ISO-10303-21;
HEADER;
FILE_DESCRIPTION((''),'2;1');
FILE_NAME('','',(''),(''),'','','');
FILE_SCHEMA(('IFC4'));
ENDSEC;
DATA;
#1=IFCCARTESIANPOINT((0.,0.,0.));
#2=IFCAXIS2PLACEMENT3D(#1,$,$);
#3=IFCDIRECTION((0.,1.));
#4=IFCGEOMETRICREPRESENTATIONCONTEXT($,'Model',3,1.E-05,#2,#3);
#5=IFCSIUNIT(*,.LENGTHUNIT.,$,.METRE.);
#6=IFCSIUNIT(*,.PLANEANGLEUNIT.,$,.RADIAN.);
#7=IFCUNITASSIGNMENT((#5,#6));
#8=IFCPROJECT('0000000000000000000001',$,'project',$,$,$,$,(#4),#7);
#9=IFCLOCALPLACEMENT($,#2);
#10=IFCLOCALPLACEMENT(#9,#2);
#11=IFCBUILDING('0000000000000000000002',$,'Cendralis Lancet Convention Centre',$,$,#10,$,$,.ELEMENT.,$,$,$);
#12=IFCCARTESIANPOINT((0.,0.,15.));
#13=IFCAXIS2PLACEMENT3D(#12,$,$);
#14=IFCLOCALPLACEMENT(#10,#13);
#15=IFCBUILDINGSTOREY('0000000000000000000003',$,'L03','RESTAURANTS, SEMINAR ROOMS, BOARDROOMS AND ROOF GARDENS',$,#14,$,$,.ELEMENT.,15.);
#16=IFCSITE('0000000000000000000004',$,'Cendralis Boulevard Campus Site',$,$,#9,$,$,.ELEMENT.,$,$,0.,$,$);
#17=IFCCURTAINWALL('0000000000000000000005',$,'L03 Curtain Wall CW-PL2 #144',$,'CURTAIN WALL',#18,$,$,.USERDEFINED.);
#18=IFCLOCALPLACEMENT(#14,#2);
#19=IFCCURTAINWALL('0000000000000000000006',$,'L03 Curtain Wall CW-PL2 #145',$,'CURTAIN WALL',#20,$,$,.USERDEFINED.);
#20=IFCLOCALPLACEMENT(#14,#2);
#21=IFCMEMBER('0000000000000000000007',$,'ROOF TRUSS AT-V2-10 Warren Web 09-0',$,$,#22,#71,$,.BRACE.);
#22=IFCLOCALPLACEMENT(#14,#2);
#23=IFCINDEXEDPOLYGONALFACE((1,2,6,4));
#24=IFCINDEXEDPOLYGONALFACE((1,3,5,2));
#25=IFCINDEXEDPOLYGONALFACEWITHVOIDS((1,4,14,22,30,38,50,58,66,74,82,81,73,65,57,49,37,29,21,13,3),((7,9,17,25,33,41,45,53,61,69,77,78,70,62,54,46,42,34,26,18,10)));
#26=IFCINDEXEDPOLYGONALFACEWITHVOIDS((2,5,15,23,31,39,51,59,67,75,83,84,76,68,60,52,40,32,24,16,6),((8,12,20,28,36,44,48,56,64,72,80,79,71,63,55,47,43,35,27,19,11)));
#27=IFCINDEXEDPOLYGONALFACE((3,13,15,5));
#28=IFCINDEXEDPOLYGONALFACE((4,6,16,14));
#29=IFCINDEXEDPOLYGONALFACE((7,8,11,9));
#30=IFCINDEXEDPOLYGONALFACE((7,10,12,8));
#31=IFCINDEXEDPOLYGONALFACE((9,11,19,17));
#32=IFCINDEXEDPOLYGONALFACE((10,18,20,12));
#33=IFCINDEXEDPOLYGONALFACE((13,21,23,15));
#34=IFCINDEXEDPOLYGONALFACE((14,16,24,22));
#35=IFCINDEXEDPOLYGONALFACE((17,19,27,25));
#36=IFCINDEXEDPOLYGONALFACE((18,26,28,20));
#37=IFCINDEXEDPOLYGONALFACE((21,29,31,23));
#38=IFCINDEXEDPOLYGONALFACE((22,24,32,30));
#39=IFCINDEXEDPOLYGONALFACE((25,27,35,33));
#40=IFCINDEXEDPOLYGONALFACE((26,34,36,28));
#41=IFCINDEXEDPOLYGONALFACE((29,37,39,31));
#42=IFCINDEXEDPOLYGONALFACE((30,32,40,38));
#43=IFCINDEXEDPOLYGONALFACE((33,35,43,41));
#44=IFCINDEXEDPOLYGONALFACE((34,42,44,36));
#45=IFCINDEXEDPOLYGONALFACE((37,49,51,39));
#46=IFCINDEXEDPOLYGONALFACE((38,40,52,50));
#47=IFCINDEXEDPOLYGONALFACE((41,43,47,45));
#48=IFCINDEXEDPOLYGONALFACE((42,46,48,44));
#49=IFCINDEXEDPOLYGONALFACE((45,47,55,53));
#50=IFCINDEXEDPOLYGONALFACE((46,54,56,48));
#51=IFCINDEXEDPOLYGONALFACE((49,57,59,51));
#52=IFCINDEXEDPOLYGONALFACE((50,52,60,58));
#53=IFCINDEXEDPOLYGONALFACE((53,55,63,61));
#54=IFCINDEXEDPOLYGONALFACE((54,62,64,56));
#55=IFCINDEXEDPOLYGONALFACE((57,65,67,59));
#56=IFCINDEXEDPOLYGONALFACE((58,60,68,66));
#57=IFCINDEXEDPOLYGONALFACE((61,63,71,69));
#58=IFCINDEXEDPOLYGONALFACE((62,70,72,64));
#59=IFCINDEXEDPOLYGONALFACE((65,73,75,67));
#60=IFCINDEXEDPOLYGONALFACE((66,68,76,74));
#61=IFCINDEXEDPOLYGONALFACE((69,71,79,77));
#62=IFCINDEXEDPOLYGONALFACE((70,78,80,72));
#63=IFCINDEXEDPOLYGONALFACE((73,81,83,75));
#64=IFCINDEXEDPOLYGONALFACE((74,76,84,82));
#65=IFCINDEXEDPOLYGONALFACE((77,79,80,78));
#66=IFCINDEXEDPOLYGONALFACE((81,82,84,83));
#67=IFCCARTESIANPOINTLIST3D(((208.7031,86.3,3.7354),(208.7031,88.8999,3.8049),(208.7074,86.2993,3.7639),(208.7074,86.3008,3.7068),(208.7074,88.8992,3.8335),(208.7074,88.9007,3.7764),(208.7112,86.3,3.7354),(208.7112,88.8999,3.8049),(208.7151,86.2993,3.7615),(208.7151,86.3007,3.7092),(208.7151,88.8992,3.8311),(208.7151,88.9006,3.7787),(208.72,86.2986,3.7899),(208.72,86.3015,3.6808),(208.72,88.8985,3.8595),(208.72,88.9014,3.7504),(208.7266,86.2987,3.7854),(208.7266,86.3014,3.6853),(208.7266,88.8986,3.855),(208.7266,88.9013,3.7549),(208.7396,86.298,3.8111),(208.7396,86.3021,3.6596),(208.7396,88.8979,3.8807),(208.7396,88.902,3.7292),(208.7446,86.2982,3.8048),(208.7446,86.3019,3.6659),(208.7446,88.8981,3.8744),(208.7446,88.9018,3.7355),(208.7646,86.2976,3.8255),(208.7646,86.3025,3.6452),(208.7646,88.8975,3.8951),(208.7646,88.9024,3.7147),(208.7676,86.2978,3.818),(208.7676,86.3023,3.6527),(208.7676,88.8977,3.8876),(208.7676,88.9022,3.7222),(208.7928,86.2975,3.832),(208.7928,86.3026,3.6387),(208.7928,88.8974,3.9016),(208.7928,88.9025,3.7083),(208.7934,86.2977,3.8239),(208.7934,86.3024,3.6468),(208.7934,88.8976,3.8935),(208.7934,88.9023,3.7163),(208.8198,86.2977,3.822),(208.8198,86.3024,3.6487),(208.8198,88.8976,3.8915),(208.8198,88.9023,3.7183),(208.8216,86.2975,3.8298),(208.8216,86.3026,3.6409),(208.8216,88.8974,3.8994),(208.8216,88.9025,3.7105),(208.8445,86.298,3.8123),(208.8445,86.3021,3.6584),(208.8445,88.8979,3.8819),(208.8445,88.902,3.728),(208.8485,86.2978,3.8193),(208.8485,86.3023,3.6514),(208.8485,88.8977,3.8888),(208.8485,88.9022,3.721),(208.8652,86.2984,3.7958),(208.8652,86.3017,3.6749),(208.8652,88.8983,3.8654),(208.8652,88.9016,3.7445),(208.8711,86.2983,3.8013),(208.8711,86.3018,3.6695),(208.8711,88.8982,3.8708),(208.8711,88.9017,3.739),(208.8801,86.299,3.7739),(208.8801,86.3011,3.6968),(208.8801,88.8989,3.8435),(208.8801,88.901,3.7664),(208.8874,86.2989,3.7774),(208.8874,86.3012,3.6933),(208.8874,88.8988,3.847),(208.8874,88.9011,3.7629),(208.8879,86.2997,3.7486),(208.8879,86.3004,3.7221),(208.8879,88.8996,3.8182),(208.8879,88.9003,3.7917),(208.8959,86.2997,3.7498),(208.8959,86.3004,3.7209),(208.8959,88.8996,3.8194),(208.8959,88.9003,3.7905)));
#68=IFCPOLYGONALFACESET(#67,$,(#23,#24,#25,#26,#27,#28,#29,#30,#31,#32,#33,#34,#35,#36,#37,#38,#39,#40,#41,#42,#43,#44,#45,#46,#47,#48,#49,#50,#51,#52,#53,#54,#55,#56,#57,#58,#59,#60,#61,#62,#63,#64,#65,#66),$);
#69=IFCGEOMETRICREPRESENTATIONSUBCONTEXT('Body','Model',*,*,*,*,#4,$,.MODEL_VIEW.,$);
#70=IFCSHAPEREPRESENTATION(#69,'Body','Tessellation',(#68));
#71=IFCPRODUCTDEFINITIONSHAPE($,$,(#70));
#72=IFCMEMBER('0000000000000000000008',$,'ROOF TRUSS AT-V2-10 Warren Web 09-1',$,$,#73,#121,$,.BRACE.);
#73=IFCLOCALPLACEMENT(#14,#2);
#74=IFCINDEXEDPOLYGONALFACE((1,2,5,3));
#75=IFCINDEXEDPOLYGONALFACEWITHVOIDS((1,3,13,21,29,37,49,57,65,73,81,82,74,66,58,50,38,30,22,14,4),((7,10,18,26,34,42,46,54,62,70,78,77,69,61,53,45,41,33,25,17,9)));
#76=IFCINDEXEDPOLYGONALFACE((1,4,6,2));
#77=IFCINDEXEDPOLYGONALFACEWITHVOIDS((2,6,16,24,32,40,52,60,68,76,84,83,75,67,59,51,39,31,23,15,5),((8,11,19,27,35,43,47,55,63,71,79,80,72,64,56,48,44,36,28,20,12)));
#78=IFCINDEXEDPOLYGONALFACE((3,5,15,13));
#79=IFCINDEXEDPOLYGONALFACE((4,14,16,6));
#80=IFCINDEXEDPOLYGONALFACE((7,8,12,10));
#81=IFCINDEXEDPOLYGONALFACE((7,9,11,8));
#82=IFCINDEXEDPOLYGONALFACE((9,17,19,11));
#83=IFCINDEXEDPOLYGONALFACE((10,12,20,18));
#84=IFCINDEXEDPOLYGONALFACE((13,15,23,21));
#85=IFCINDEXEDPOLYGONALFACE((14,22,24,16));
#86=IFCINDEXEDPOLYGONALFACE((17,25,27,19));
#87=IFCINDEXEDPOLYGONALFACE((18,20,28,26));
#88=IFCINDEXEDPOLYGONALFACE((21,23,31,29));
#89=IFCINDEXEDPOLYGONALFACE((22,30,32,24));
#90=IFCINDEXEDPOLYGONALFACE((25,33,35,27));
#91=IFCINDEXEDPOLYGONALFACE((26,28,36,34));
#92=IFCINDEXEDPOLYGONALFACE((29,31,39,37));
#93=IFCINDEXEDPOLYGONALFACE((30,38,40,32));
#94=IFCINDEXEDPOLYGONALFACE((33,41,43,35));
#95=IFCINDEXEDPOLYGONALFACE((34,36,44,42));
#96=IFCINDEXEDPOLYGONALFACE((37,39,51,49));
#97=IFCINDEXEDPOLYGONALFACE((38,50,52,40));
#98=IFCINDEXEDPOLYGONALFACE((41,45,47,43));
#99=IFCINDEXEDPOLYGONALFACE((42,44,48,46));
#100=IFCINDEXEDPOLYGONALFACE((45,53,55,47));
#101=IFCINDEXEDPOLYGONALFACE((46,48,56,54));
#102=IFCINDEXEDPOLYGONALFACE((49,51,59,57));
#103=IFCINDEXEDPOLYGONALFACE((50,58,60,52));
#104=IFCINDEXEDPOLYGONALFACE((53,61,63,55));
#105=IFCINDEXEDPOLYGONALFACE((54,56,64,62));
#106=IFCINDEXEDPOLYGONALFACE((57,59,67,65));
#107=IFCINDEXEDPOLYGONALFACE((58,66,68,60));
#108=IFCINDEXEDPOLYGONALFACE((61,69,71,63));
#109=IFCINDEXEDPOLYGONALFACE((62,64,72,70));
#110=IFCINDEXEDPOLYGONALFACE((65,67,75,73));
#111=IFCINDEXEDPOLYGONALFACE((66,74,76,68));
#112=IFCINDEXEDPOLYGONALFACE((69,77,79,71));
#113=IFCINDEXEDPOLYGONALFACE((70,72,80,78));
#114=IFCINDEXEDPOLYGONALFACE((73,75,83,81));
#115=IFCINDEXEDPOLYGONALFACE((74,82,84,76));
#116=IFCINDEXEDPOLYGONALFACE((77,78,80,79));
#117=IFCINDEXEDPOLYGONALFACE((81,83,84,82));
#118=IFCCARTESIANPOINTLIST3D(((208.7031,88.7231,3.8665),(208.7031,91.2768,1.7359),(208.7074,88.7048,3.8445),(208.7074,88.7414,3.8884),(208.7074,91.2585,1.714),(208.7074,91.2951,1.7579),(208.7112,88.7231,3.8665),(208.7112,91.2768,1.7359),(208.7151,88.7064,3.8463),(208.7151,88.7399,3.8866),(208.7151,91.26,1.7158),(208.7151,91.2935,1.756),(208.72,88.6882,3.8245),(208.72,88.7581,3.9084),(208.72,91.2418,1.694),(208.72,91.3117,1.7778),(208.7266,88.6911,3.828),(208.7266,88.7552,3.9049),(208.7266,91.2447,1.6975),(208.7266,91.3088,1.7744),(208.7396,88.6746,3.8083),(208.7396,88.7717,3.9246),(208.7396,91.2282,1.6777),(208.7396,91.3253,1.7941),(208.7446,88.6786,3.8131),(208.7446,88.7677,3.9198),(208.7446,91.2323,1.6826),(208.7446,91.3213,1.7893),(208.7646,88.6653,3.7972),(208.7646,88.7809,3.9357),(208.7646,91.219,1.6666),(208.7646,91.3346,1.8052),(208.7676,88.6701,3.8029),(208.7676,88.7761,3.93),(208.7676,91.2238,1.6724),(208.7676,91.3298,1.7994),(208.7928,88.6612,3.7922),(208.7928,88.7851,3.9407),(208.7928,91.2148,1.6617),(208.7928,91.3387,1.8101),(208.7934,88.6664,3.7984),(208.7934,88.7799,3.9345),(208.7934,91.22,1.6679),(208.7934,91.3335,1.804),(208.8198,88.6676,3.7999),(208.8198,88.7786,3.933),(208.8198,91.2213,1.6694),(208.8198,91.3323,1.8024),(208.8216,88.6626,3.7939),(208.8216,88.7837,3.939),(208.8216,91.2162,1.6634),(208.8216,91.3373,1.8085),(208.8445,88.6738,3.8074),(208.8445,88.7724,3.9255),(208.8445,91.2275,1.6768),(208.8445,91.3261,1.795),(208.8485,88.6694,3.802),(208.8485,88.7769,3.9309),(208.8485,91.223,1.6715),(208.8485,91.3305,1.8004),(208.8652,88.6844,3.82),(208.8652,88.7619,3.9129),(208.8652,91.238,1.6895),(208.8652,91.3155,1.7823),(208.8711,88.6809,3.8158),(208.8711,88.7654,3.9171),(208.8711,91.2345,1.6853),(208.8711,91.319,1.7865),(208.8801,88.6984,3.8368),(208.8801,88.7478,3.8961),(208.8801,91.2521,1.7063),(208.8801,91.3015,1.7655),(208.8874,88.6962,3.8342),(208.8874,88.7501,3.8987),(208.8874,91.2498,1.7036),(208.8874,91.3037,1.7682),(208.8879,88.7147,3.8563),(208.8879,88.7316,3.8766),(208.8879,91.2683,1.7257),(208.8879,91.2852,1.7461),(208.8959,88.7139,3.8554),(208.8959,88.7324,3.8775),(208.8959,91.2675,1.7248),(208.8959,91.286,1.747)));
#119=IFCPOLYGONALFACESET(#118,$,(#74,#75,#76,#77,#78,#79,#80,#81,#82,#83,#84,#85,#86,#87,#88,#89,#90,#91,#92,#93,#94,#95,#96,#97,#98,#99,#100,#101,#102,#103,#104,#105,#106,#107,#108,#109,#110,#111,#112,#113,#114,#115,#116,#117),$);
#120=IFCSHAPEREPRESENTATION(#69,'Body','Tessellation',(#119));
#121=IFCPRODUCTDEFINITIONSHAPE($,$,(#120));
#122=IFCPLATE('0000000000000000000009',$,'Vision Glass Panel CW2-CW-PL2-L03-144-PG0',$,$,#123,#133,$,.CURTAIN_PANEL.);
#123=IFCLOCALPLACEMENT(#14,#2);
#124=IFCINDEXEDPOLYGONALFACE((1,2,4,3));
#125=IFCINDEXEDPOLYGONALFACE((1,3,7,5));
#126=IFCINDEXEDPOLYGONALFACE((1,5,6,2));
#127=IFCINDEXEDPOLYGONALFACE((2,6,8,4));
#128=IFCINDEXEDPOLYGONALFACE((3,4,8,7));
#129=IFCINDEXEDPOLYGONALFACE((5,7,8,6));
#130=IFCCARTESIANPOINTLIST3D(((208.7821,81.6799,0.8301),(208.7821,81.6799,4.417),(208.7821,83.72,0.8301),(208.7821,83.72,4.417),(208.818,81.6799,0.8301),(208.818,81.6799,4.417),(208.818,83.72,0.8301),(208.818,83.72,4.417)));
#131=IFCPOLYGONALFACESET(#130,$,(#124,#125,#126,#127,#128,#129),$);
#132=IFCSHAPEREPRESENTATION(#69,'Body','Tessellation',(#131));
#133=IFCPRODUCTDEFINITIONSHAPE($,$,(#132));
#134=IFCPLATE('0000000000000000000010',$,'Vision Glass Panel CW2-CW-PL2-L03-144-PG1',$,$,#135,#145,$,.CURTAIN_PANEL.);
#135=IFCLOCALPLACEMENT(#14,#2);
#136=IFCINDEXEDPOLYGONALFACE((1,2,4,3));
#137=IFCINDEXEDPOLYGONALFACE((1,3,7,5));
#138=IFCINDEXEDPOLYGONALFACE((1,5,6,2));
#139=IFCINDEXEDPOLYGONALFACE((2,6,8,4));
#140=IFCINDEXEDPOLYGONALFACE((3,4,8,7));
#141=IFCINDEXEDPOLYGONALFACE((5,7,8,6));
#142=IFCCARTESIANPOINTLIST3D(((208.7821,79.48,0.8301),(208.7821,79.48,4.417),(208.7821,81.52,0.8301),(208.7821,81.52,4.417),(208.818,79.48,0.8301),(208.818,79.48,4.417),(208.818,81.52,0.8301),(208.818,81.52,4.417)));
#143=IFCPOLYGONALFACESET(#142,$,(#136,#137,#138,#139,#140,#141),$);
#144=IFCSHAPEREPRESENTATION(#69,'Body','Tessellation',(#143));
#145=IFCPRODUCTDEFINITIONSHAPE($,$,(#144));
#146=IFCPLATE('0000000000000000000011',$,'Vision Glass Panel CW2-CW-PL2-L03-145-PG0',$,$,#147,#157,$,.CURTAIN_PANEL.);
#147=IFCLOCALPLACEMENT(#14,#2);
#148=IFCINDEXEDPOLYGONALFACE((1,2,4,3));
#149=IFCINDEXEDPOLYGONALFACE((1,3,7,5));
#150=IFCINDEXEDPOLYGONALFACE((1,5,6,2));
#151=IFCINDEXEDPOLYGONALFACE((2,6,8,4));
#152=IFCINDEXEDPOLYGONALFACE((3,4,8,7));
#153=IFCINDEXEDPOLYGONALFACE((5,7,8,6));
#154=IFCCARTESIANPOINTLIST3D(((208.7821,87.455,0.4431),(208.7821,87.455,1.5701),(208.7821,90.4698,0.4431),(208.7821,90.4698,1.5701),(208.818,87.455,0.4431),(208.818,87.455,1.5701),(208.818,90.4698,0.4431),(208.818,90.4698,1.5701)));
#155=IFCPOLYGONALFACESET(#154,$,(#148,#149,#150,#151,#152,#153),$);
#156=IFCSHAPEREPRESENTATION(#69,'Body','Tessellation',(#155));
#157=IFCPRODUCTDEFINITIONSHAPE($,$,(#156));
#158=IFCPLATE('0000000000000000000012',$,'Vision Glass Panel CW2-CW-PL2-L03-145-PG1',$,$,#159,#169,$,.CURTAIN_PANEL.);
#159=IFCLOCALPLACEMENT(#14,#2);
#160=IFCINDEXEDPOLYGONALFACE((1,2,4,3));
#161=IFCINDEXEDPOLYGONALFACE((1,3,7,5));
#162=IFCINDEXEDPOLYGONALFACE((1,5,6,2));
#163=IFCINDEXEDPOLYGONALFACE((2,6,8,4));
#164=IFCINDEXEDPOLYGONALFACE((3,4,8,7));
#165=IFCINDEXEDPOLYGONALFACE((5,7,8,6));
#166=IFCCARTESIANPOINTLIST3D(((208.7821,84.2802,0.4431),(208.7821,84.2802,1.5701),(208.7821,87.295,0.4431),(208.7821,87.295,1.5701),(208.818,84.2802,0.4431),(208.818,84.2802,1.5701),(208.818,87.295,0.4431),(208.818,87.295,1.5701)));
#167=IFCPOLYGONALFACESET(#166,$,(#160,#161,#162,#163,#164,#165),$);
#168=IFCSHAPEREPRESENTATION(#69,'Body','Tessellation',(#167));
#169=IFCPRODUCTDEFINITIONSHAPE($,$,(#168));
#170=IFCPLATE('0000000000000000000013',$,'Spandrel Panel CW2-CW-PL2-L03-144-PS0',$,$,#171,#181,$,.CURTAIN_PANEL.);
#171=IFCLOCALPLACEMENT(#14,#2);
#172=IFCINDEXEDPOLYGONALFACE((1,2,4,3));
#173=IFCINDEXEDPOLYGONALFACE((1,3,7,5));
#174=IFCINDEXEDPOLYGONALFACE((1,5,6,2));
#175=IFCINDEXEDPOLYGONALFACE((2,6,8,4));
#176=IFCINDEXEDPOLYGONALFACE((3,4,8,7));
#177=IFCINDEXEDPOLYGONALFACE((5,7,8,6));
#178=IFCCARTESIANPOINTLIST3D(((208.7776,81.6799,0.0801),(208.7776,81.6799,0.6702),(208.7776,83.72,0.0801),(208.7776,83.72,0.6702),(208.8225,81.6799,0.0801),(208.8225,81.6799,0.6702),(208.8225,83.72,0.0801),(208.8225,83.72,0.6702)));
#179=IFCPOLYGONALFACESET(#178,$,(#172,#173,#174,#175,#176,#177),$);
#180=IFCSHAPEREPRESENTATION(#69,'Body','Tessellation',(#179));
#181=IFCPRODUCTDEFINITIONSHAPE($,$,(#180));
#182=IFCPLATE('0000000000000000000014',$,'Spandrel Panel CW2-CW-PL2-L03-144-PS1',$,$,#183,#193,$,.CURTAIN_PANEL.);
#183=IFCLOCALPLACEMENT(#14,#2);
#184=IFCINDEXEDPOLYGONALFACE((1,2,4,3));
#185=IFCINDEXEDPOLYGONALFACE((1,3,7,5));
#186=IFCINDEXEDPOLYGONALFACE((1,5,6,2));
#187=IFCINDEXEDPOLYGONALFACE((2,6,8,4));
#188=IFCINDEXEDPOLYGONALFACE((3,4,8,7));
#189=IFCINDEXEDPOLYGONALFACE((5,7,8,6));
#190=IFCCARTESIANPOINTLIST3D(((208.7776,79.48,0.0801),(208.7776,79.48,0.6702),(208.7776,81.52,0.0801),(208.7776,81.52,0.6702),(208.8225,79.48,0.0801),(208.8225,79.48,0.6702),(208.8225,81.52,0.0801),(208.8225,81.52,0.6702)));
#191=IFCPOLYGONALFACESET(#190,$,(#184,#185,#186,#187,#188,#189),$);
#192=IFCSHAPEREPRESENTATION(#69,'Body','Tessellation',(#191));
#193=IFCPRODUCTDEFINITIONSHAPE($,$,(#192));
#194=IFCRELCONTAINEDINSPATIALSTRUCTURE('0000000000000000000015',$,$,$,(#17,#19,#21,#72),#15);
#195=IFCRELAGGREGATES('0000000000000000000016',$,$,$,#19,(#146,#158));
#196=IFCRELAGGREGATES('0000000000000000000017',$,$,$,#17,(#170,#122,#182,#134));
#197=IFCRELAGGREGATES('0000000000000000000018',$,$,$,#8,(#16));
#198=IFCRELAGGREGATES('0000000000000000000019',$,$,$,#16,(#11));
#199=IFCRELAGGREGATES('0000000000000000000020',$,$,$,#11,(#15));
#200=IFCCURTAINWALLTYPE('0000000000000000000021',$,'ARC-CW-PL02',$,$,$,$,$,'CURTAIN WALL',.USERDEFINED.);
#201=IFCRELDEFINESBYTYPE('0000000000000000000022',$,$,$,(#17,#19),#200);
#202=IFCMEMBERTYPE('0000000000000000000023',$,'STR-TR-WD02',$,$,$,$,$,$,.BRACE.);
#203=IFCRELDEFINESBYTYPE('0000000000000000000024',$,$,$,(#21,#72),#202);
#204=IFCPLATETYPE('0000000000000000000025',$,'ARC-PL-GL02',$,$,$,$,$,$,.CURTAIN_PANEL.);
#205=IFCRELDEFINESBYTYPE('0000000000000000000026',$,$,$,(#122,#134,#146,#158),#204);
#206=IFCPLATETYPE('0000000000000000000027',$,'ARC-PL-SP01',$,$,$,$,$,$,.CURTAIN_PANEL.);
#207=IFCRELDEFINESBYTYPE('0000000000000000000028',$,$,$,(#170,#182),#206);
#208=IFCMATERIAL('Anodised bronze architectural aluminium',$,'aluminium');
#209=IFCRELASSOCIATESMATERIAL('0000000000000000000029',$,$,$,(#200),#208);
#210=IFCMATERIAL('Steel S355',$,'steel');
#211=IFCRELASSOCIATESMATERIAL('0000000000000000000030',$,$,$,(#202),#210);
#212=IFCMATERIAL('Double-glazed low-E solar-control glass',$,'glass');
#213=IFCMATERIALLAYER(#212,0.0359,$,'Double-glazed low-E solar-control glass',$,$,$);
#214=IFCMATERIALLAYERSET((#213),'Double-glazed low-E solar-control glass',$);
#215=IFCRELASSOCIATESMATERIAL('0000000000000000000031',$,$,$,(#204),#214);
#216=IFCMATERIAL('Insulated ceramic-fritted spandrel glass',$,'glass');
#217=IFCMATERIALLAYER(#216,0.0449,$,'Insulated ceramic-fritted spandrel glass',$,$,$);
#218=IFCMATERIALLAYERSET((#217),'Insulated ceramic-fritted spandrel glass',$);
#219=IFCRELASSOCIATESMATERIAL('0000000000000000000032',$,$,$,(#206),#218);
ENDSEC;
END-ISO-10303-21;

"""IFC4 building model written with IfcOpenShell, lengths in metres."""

from ifc_helpers import new_model, si_unit, direction, frame, origin, origin_2d, place, context, subcontext, project, spatial, rectangle, hollow_circle, extrude, material, layer, layer_set, material_profile, profile_set, type_object, element, aggregate, save


model = new_model("IFC4")

# Units and contexts
model_context = context("Model", 3, precision=1e-05, world=origin(), true_north=direction((0.0, 1.0)))
body_context = subcontext(model_context, "Body", "Model", "MODEL_VIEW")
ifc_project = project(units=[si_unit("LENGTHUNIT", "METRE"), si_unit("PLANEANGLEUNIT", "RADIAN")], contexts=[model_context])

# Site, building, storey
site_placement = place(None, origin())
site = spatial("IfcSite", under=ifc_project, at=site_placement, Name="Cendralis Boulevard Campus Site", CompositionType="ELEMENT", RefElevation=0.0)
building_placement = place(site_placement, origin())
building = spatial("IfcBuilding", under=site, at=building_placement, Name="Cendralis Lancet Convention Centre", CompositionType="ELEMENT")
storey_placement = place(building_placement, frame((0.0, 0.0, 15.0)))
storey = spatial("IfcBuildingStorey", under=building, at=storey_placement, Name="L03", Description="RESTAURANTS, SEMINAR ROOMS, BOARDROOMS AND ROOF GARDENS", CompositionType="ELEMENT", Elevation=15.0)

# Shared definitions
ifc_material_1 = material(Name="Steel S355", Category="steel")

# Curtain walls
ifc_material_2 = material(Name="Anodised bronze architectural aluminium", Category="aluminium")
curtain_wall_type = type_object("IfcCurtainWallType", Name="ARC-CW-PL02", ElementType="CURTAIN WALL", PredefinedType="USERDEFINED", material=ifc_material_2)
curtain_wall_1_placement = place(storey_placement, origin())
curtain_wall_1 = element("IfcCurtainWall", 1, at=curtain_wall_1_placement, inside=storey, type_object=curtain_wall_type, Name="L03 Curtain Wall CW-PL2 #144", ObjectType="CURTAIN WALL", PredefinedType="USERDEFINED")
curtain_wall_2_placement = place(storey_placement, origin())
curtain_wall_2 = element("IfcCurtainWall", 2, at=curtain_wall_2_placement, inside=storey, type_object=curtain_wall_type, Name="L03 Curtain Wall CW-PL2 #145", ObjectType="CURTAIN WALL", PredefinedType="USERDEFINED")

# Members
ifc_material_profile_1 = material_profile(ifc_material_1, hollow_circle(Radius=0.0969, WallThickness=0.0081, at=origin_2d()), Name="CHS 193.7x8.0")
ifc_profile_set_1 = profile_set([ifc_material_profile_1], Name="Steel S355")
member_type_1 = type_object("IfcMemberType", Name="STR-TR-WD02", PredefinedType="BRACE", material=ifc_profile_set_1)
member_1_placement = place(storey_placement, frame((208.8, 86.3, 3.7354), z_axis=(0.0, 0.999642, 0.026753), x_axis=(-1.0, 0.0, 0.0)))
element("IfcMember", 3, at=member_1_placement, inside=storey, type_object=member_type_1, Name="ROOF TRUSS AT-V2-10 Warren Web 09-0", PredefinedType="BRACE", context=body_context, shape_type="SweptSolid", body=[
    extrude(hollow_circle(Radius=0.0969, WallThickness=0.0081, at=origin_2d()), origin(), (0.0, 0.0, 1.0), 2.6008),
])
member_2_placement = place(storey_placement, frame((208.8, 88.7231, 3.8665), z_axis=(0.0, 0.767848, -0.640632), x_axis=(-1.0, 0.0, 0.0)))
element("IfcMember", 4, at=member_2_placement, inside=storey, type_object=member_type_1, Name="ROOF TRUSS AT-V2-10 Warren Web 09-1", PredefinedType="BRACE", context=body_context, shape_type="SweptSolid", body=[
    extrude(hollow_circle(Radius=0.0969, WallThickness=0.0081, at=origin_2d()), origin(), (0.0, 0.0, 1.0), 3.3257),
])

# Plates
ifc_material_3 = material(Name="Double-glazed low-E solar-control glass", Category="glass")
ifc_layer_1 = layer(ifc_material_3, 0.0359, Name="Double-glazed low-E solar-control glass")
ifc_layer_set_1 = layer_set([ifc_layer_1], Name="Double-glazed low-E solar-control glass")
plate_type_1 = type_object("IfcPlateType", Name="ARC-PL-GL02", PredefinedType="CURTAIN_PANEL", material=ifc_layer_set_1)
plate_1_placement = place(storey_placement, frame((208.8, 82.7, 0.8301), z_axis=(0.0, 0.0, 1.0), x_axis=(0.0, -1.0, 0.0)))
plate_1 = element("IfcPlate", 5, at=plate_1_placement, type_object=plate_type_1, Name="Vision Glass Panel CW2-CW-PL2-L03-144-PG0", PredefinedType="CURTAIN_PANEL", context=body_context, shape_type="SweptSolid", body=[
    extrude(rectangle(XDim=2.04, YDim=0.0359, at=origin_2d()), origin(), (0.0, 0.0, 1.0), 3.5869),
])
plate_2_placement = place(storey_placement, frame((208.8, 80.5, 0.8301), z_axis=(0.0, 0.0, 1.0), x_axis=(0.0, -1.0, 0.0)))
plate_2 = element("IfcPlate", 6, at=plate_2_placement, type_object=plate_type_1, Name="Vision Glass Panel CW2-CW-PL2-L03-144-PG1", PredefinedType="CURTAIN_PANEL", context=body_context, shape_type="SweptSolid", body=[
    extrude(rectangle(XDim=2.04, YDim=0.0359, at=origin_2d()), origin(), (0.0, 0.0, 1.0), 3.5869),
])
plate_3_placement = place(storey_placement, frame((208.8, 88.9624, 0.4431), z_axis=(0.0, 0.0, 1.0), x_axis=(0.0, -1.0, 0.0)))
plate_3 = element("IfcPlate", 7, at=plate_3_placement, type_object=plate_type_1, Name="Vision Glass Panel CW2-CW-PL2-L03-145-PG0", PredefinedType="CURTAIN_PANEL", context=body_context, shape_type="SweptSolid", body=[
    extrude(rectangle(XDim=3.0149, YDim=0.0359, at=origin_2d()), origin(), (0.0, 0.0, 1.0), 1.127),
])
plate_4_placement = place(storey_placement, frame((208.8, 85.7876, 0.4431), z_axis=(0.0, 0.0, 1.0), x_axis=(0.0, -1.0, 0.0)))
plate_4 = element("IfcPlate", 8, at=plate_4_placement, type_object=plate_type_1, Name="Vision Glass Panel CW2-CW-PL2-L03-145-PG1", PredefinedType="CURTAIN_PANEL", context=body_context, shape_type="SweptSolid", body=[
    extrude(rectangle(XDim=3.0149, YDim=0.0359, at=origin_2d()), origin(), (0.0, 0.0, 1.0), 1.127),
])
aggregate(curtain_wall_2, [plate_3, plate_4])
ifc_material_4 = material(Name="Insulated ceramic-fritted spandrel glass", Category="glass")
ifc_layer_2 = layer(ifc_material_4, 0.0449, Name="Insulated ceramic-fritted spandrel glass")
ifc_layer_set_2 = layer_set([ifc_layer_2], Name="Insulated ceramic-fritted spandrel glass")
plate_type_2 = type_object("IfcPlateType", Name="ARC-PL-SP01", PredefinedType="CURTAIN_PANEL", material=ifc_layer_set_2)
plate_5_placement = place(storey_placement, frame((208.8, 82.7, 0.0801), z_axis=(0.0, 0.0, 1.0), x_axis=(0.0, -1.0, 0.0)))
plate_5 = element("IfcPlate", 9, at=plate_5_placement, type_object=plate_type_2, Name="Spandrel Panel CW2-CW-PL2-L03-144-PS0", PredefinedType="CURTAIN_PANEL", context=body_context, shape_type="SweptSolid", body=[
    extrude(rectangle(XDim=2.04, YDim=0.0449, at=origin_2d()), origin(), (0.0, 0.0, 1.0), 0.5901),
])
plate_6_placement = place(storey_placement, frame((208.8, 80.5, 0.0801), z_axis=(0.0, 0.0, 1.0), x_axis=(0.0, -1.0, 0.0)))
plate_6 = element("IfcPlate", 10, at=plate_6_placement, type_object=plate_type_2, Name="Spandrel Panel CW2-CW-PL2-L03-144-PS1", PredefinedType="CURTAIN_PANEL", context=body_context, shape_type="SweptSolid", body=[
    extrude(rectangle(XDim=2.04, YDim=0.0449, at=origin_2d()), origin(), (0.0, 0.0, 1.0), 0.5901),
])
aggregate(curtain_wall_1, [plate_5, plate_1, plate_6, plate_2])

save(model, "model.ifc")
